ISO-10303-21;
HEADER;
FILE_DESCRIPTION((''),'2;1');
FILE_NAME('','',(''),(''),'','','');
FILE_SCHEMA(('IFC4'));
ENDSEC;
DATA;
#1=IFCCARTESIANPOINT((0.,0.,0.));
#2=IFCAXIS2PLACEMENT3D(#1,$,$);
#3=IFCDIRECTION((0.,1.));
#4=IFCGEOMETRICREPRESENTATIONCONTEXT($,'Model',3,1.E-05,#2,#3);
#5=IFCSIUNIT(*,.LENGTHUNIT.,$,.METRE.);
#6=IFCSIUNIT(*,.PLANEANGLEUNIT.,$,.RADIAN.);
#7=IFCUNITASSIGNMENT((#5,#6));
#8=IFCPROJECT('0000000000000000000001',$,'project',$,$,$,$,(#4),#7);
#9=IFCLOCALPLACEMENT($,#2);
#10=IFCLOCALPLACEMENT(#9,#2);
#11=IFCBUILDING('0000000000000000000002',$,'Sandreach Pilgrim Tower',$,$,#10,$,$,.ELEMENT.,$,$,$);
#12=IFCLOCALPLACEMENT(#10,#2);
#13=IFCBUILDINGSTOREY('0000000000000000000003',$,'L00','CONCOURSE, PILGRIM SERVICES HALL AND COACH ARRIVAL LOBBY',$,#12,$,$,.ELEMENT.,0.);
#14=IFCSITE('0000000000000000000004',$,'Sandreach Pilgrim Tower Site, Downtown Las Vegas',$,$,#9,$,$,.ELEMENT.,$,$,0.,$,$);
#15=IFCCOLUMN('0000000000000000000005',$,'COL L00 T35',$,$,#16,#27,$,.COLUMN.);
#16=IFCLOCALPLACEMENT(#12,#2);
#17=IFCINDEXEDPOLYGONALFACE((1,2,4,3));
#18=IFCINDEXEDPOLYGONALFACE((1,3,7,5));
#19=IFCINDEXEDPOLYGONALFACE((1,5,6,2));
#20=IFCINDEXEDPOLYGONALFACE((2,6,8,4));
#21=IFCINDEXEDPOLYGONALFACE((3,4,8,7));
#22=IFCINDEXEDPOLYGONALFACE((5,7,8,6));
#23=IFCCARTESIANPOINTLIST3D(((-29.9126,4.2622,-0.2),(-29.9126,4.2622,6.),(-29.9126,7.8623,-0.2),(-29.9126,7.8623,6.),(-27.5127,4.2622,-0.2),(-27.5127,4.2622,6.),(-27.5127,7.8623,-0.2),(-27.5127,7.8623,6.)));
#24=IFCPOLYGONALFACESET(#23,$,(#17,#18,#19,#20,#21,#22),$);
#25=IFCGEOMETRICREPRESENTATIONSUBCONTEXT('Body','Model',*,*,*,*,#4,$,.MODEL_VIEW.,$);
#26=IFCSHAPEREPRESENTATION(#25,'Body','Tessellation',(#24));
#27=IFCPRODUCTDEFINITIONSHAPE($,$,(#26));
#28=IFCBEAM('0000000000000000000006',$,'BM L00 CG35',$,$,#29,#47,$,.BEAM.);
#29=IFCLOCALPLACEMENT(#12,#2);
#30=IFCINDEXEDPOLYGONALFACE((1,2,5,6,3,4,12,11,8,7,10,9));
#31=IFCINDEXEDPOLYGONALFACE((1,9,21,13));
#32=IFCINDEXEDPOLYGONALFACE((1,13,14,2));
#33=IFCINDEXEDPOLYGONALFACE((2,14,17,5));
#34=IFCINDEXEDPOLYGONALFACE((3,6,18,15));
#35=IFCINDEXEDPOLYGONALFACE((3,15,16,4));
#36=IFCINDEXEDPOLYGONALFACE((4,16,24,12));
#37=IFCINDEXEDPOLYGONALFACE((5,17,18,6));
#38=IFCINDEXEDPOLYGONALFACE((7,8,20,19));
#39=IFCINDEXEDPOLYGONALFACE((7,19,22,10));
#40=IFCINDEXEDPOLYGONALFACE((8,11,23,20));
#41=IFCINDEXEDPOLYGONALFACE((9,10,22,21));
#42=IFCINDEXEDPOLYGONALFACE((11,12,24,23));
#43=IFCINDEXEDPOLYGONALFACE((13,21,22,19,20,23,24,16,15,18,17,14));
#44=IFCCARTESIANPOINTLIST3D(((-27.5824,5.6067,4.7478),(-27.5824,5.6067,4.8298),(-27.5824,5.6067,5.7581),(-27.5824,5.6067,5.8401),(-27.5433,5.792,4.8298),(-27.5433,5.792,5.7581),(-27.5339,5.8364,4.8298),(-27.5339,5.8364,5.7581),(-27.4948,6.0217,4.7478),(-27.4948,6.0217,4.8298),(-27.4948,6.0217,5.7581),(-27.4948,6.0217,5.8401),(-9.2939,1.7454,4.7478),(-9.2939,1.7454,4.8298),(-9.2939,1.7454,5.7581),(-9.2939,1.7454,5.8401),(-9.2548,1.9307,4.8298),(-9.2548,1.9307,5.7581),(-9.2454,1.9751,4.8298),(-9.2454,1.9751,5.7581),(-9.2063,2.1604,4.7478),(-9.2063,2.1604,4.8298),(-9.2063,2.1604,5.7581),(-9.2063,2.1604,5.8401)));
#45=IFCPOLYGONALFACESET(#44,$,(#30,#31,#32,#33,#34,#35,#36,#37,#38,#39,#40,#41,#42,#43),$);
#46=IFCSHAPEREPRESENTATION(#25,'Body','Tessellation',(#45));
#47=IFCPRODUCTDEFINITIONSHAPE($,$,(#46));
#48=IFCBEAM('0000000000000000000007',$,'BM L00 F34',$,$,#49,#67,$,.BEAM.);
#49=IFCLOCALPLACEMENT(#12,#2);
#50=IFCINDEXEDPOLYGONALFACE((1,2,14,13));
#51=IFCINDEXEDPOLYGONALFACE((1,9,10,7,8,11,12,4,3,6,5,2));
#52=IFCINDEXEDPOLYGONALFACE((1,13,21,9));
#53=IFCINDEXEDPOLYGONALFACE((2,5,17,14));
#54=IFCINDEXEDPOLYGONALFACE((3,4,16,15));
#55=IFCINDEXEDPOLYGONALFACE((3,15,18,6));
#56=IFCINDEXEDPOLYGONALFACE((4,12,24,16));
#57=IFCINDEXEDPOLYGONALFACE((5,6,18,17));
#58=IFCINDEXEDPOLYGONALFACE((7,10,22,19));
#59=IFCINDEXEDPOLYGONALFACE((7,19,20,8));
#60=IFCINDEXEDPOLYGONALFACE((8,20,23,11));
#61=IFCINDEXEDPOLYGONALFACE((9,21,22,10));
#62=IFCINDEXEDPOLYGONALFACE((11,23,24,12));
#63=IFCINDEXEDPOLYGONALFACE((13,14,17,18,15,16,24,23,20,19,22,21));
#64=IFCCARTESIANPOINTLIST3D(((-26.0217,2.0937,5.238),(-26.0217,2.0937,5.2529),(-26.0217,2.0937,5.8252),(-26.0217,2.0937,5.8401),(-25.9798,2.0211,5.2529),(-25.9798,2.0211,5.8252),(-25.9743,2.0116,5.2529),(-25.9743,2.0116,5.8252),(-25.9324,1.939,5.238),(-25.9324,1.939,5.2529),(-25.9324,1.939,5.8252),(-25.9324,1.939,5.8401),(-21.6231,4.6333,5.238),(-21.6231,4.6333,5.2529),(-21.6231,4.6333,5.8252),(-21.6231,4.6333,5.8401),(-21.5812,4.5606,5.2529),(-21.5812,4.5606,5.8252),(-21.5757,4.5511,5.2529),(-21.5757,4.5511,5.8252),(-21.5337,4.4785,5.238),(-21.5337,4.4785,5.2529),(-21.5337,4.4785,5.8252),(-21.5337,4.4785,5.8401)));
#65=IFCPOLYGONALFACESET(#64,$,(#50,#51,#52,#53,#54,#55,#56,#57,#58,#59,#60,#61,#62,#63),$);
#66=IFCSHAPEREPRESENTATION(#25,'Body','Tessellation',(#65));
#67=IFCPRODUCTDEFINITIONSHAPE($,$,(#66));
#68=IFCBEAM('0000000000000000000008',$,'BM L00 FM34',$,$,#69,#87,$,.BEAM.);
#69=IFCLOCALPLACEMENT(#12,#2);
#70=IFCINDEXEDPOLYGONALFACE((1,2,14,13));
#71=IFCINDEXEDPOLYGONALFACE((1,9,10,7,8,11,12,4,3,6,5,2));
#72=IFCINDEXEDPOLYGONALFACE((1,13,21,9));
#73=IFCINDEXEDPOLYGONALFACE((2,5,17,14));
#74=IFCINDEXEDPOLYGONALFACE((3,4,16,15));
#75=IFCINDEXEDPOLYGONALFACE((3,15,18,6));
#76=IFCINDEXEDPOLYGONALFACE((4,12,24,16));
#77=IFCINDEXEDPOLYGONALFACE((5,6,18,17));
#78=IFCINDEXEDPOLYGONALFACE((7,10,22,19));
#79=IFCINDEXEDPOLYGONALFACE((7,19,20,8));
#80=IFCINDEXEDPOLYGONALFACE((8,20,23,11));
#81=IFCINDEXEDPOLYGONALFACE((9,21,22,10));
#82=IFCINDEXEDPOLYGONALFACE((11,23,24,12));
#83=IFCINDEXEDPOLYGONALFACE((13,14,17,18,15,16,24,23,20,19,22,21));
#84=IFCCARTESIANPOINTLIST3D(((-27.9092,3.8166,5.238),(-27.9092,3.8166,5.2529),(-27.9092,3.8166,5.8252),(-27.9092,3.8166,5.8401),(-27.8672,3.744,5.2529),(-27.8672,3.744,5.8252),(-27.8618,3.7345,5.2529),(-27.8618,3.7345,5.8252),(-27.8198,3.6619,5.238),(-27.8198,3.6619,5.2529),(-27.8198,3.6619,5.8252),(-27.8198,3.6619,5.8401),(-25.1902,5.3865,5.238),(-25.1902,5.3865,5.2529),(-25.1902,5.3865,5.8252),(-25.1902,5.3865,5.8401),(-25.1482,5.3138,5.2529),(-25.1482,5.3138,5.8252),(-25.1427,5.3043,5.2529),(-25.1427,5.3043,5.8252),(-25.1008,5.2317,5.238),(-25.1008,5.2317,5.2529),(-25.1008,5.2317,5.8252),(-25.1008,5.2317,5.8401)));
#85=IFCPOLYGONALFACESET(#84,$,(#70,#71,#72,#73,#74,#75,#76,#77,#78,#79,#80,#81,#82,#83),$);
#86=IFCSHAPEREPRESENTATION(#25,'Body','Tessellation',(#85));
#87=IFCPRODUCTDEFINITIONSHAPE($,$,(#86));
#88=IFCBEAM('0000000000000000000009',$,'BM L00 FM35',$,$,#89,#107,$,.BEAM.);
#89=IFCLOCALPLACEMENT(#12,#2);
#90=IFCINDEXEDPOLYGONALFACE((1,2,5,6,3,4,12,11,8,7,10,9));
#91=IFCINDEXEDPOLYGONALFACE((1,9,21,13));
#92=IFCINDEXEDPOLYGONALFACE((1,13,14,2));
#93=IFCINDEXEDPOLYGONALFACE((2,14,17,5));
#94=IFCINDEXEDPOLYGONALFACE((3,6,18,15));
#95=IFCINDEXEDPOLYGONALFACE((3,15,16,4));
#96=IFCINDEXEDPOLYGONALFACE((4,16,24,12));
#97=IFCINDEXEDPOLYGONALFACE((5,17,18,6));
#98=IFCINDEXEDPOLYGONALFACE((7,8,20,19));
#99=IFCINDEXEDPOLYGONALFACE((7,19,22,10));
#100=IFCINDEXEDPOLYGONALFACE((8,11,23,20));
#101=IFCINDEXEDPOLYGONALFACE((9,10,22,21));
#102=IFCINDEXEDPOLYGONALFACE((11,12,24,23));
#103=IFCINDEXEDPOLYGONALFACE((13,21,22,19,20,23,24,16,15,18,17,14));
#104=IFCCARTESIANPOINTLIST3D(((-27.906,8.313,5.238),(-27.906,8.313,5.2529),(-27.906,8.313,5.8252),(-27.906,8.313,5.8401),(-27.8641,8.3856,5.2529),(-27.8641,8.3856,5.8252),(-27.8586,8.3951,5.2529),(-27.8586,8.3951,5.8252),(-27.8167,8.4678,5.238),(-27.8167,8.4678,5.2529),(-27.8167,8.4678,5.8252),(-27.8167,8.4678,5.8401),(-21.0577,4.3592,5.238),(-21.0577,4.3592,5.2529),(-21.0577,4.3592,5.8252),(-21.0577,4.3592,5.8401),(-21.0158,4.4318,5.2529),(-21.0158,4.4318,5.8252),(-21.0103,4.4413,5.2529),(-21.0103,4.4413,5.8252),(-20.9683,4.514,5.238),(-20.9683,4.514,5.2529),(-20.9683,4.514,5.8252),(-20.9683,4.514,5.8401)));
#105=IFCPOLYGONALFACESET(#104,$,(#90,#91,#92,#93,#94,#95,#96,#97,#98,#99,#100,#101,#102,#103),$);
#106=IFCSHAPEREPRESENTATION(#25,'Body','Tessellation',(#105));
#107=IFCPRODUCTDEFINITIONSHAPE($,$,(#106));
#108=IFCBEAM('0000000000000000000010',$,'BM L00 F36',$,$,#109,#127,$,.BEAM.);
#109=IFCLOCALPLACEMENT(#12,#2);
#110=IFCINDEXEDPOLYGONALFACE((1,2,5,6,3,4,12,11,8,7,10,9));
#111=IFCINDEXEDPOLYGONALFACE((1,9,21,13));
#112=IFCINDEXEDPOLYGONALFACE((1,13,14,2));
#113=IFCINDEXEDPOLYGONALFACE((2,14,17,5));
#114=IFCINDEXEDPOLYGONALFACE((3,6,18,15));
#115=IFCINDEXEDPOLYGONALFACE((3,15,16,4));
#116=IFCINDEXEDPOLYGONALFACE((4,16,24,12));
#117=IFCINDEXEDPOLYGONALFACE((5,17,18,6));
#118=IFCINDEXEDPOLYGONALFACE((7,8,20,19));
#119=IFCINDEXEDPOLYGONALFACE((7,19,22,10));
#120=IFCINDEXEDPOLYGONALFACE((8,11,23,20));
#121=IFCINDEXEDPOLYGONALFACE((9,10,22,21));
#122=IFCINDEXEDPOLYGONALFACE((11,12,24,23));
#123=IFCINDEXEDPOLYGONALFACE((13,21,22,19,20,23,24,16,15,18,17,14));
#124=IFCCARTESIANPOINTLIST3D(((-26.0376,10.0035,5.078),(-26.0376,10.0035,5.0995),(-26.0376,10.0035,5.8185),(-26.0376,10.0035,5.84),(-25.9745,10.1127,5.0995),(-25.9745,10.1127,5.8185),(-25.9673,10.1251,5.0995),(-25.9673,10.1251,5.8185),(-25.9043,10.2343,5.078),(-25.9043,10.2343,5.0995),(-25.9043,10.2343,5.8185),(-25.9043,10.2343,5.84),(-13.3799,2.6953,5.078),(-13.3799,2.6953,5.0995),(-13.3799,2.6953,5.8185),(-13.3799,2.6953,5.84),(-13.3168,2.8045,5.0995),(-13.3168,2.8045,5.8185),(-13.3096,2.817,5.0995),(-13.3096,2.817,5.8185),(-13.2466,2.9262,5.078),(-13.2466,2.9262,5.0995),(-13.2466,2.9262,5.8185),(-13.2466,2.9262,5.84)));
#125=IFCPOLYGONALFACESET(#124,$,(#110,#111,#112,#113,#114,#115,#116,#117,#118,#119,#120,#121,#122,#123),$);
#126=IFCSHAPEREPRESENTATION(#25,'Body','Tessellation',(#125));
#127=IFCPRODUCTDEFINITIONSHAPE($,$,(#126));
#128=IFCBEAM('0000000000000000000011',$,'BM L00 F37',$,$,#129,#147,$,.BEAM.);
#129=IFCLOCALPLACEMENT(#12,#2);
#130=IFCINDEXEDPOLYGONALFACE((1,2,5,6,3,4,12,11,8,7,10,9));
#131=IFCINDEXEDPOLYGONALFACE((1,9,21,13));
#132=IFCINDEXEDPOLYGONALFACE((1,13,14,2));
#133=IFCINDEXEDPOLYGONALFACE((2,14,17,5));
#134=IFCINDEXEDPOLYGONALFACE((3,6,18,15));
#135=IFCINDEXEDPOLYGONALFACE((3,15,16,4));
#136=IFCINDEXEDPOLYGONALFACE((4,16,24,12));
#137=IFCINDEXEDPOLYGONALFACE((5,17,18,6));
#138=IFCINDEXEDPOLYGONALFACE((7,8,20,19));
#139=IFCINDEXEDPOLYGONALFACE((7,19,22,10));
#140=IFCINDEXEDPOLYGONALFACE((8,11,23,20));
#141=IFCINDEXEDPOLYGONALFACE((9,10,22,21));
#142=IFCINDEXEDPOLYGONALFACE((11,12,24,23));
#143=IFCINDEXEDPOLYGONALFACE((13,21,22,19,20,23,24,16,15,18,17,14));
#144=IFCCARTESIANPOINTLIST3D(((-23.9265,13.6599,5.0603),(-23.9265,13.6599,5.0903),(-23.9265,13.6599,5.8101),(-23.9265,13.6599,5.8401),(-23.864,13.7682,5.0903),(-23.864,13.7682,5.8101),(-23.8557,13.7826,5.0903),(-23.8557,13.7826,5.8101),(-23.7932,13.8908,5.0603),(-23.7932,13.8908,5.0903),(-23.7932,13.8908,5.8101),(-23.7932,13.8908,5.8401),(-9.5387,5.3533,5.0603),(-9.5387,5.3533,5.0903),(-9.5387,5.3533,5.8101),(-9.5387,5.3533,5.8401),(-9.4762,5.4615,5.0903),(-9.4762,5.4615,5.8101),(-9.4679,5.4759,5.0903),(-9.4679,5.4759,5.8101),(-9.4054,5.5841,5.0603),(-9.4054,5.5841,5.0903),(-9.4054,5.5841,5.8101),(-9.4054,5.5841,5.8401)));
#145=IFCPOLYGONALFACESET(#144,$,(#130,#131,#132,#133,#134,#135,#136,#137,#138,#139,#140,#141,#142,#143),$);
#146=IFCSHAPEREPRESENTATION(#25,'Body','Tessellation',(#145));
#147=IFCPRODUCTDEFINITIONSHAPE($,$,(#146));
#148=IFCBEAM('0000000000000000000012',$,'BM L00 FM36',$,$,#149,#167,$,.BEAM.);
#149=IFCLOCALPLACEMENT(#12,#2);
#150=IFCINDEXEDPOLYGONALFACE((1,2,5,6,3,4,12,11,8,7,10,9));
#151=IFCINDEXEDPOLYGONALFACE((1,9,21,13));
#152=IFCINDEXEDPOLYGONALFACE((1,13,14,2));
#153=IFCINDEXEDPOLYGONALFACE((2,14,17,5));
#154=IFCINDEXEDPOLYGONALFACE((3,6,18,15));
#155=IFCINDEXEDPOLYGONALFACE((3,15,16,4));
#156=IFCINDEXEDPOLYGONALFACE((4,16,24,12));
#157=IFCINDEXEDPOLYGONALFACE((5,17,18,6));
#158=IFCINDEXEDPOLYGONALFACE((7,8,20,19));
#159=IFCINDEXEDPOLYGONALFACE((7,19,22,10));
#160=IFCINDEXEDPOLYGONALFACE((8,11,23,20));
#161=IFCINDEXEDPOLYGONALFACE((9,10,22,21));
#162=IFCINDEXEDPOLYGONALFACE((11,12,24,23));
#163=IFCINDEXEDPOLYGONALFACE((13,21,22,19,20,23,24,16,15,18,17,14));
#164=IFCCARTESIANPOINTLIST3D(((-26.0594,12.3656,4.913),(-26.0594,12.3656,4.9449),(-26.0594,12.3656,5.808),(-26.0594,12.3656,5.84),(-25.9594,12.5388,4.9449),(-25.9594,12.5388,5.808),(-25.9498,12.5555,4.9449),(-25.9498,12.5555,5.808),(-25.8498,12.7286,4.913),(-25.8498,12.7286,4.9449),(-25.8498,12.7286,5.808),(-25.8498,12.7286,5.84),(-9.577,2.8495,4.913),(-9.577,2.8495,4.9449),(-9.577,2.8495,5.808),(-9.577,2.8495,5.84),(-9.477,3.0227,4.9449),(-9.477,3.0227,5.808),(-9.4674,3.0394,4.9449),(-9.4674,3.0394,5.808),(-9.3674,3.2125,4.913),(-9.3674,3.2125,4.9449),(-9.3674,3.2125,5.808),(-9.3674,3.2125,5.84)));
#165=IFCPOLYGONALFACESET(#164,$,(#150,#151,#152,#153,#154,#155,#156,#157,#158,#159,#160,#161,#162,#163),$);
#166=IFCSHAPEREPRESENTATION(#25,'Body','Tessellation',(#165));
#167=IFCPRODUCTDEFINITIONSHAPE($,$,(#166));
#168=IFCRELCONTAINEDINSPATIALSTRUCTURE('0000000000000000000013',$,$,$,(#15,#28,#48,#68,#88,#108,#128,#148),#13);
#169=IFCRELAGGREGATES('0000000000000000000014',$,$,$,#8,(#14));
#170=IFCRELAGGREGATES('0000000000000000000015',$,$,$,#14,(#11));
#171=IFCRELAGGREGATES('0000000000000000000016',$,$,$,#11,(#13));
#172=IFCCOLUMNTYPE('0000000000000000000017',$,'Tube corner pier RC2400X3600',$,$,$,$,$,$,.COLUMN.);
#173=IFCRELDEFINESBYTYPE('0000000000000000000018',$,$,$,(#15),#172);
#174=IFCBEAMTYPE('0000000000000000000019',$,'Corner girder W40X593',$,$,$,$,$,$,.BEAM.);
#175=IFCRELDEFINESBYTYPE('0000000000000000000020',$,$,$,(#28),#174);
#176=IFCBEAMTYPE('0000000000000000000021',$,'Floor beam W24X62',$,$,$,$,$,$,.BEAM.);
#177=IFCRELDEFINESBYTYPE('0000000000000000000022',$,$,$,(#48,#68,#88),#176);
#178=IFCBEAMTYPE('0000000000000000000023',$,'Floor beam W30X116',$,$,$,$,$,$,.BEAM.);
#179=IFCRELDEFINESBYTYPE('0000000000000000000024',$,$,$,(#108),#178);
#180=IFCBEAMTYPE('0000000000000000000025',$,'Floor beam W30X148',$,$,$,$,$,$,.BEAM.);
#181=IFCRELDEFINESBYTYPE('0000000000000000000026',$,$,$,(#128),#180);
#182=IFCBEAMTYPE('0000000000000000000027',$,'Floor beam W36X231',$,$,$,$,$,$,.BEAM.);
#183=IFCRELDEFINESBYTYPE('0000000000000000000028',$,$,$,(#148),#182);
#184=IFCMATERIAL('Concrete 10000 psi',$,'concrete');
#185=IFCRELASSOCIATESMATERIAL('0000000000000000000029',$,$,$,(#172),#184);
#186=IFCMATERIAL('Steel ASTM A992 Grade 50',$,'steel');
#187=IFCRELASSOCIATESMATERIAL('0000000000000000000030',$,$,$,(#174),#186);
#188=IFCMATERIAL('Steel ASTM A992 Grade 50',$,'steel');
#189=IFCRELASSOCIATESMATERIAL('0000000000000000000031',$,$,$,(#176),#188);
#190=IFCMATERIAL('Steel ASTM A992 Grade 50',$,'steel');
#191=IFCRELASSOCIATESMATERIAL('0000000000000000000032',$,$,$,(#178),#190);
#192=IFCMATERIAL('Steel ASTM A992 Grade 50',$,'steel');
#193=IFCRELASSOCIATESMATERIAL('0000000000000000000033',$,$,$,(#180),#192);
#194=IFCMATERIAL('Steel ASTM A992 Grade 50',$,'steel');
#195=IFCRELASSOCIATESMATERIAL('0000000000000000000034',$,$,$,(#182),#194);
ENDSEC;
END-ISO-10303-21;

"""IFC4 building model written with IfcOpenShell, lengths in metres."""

from ifc_helpers import new_model, si_unit, direction, frame, origin, origin_2d, place, context, subcontext, project, spatial, rectangle, i_section, extrude, material, material_profile, profile_set, type_object, element, save


model = new_model("IFC4")

# Units and contexts
model_context = context("Model", 3, precision=1e-05, world=origin(), true_north=direction((0.0, 1.0)))
body_context = subcontext(model_context, "Body", "Model", "MODEL_VIEW")
ifc_project = project(units=[si_unit("LENGTHUNIT", "METRE"), si_unit("PLANEANGLEUNIT", "RADIAN")], contexts=[model_context])

# Site, building, storey
site_placement = place(None, origin())
site = spatial("IfcSite", under=ifc_project, at=site_placement, Name="Sandreach Pilgrim Tower Site, Downtown Las Vegas", CompositionType="ELEMENT", RefElevation=0.0)
building_placement = place(site_placement, origin())
building = spatial("IfcBuilding", under=site, at=building_placement, Name="Sandreach Pilgrim Tower", CompositionType="ELEMENT")
storey_placement = place(building_placement, origin())
storey = spatial("IfcBuildingStorey", under=building, at=storey_placement, Name="L00", Description="CONCOURSE, PILGRIM SERVICES HALL AND COACH ARRIVAL LOBBY", CompositionType="ELEMENT", Elevation=0.0)

# Column
ifc_material_1 = material(Name="Concrete 10000 psi", Category="concrete")
ifc_material_profile_1 = material_profile(ifc_material_1, rectangle(XDim=2.3999, YDim=3.6001, at=origin_2d()), Name="RC2400X3600")
ifc_profile_set_1 = profile_set([ifc_material_profile_1], Name="Concrete 10000 psi")
column_type_1 = type_object("IfcColumnType", Name="Tube corner pier RC2400X3600", PredefinedType="COLUMN", material=ifc_profile_set_1)
column_placement = place(storey_placement, frame((-28.7126, 6.0623, -0.2), z_axis=(0.0, 0.0, 1.0), x_axis=(-1.0, 0.0, 0.0)))
element("IfcColumn", 1, at=column_placement, inside=storey, type_object=column_type_1, Name="COL L00 T35", PredefinedType="COLUMN", context=body_context, shape_type="SweptSolid", body=[
    extrude(rectangle(XDim=2.3999, YDim=3.6001, at=origin_2d()), origin(), (0.0, 0.0, 1.0), 6.2),
])

# Beams
ifc_material_2 = material(Name="Steel ASTM A992 Grade 50", Category="steel")
ifc_material_profile_2 = material_profile(ifc_material_2, i_section(OverallWidth=0.4241, OverallDepth=1.0923, WebThickness=0.0454, FlangeThickness=0.082, at=origin_2d()), Name="W40X593")
ifc_profile_set_2 = profile_set([ifc_material_profile_2], Name="Steel ASTM A992 Grade 50")
beam_type_1 = type_object("IfcBeamType", Name="Corner girder W40X593", PredefinedType="BEAM", material=ifc_profile_set_2)
beam_1_placement = place(storey_placement, frame((-27.5386, 5.8142, 5.2939), z_axis=(0.97843, -0.206579, 0.0), x_axis=(0.206579, 0.97843, 0.0)))
element("IfcBeam", 2, at=beam_1_placement, inside=storey, type_object=beam_type_1, Name="BM L00 CG35", PredefinedType="BEAM", context=body_context, shape_type="SweptSolid", body=[
    extrude(i_section(OverallWidth=0.4241, OverallDepth=1.0923, WebThickness=0.0454, FlangeThickness=0.082, at=origin_2d()), origin(), (0.0, 0.0, 1.0), 18.6917),
])
ifc_material_3 = material(Name="Steel ASTM A992 Grade 50", Category="steel")
ifc_material_profile_3 = material_profile(ifc_material_3, i_section(OverallWidth=0.1787, OverallDepth=0.6021, WebThickness=0.011, FlangeThickness=0.0149, at=origin_2d()), Name="W24X62")
ifc_profile_set_3 = profile_set([ifc_material_profile_3], Name="Steel ASTM A992 Grade 50")
beam_type_2 = type_object("IfcBeamType", Name="Floor beam W24X62", PredefinedType="BEAM", material=ifc_profile_set_3)
beam_2_placement = place(storey_placement, frame((-25.9771, 2.0164, 5.5391), z_axis=(0.866028, 0.499996, 0.0), x_axis=(-0.499996, 0.866028, 0.0)))
element("IfcBeam", 3, at=beam_2_placement, inside=storey, type_object=beam_type_2, Name="BM L00 F34", PredefinedType="BEAM", context=body_context, shape_type="SweptSolid", body=[
    extrude(i_section(OverallWidth=0.1787, OverallDepth=0.6021, WebThickness=0.011, FlangeThickness=0.0149, at=origin_2d()), origin(), (0.0, 0.0, 1.0), 5.0791),
])
beam_3_placement = place(storey_placement, frame((-27.8645, 3.7393, 5.5391), z_axis=(0.866024, 0.500003, 0.0), x_axis=(-0.500003, 0.866024, 0.0)))
element("IfcBeam", 4, at=beam_3_placement, inside=storey, type_object=beam_type_2, Name="BM L00 FM34", PredefinedType="BEAM", context=body_context, shape_type="SweptSolid", body=[
    extrude(i_section(OverallWidth=0.1787, OverallDepth=0.6021, WebThickness=0.011, FlangeThickness=0.0149, at=origin_2d()), origin(), (0.0, 0.0, 1.0), 3.1396),
])
beam_4_placement = place(storey_placement, frame((-27.8613, 8.3904, 5.5391), z_axis=(0.866029, -0.499994, 0.0), x_axis=(0.499994, 0.866029, 0.0)))
element("IfcBeam", 5, at=beam_4_placement, inside=storey, type_object=beam_type_2, Name="BM L00 FM35", PredefinedType="BEAM", context=body_context, shape_type="SweptSolid", body=[
    extrude(i_section(OverallWidth=0.1787, OverallDepth=0.6021, WebThickness=0.011, FlangeThickness=0.0149, at=origin_2d()), origin(), (0.0, 0.0, 1.0), 7.9077),
])
ifc_material_4 = material(Name="Steel ASTM A992 Grade 50", Category="steel")
ifc_material_profile_4 = material_profile(ifc_material_4, i_section(OverallWidth=0.2666, OverallDepth=0.762, WebThickness=0.0144, FlangeThickness=0.0215, at=origin_2d()), Name="W30X116")
ifc_profile_set_4 = profile_set([ifc_material_profile_4], Name="Steel ASTM A992 Grade 50")
beam_type_3 = type_object("IfcBeamType", Name="Floor beam W30X116", PredefinedType="BEAM", material=ifc_profile_set_4)
beam_5_placement = place(storey_placement, frame((-25.9709, 10.1189, 5.459), z_axis=(0.86602, -0.500009, 0.0), x_axis=(0.500009, 0.86602, 0.0)))
element("IfcBeam", 6, at=beam_5_placement, inside=storey, type_object=beam_type_3, Name="BM L00 F36", PredefinedType="BEAM", context=body_context, shape_type="SweptSolid", body=[
    extrude(i_section(OverallWidth=0.2666, OverallDepth=0.762, WebThickness=0.0144, FlangeThickness=0.0215, at=origin_2d()), origin(), (0.0, 0.0, 1.0), 14.616),
])
ifc_material_5 = material(Name="Steel ASTM A992 Grade 50", Category="steel")
ifc_material_profile_5 = material_profile(ifc_material_5, i_section(OverallWidth=0.2666, OverallDepth=0.7798, WebThickness=0.0166, FlangeThickness=0.03, at=origin_2d()), Name="W30X148")
ifc_profile_set_5 = profile_set([ifc_material_profile_5], Name="Steel ASTM A992 Grade 50")
beam_type_4 = type_object("IfcBeamType", Name="Floor beam W30X148", PredefinedType="BEAM", material=ifc_profile_set_5)
beam_6_placement = place(storey_placement, frame((-23.8599, 13.7754, 5.4502), z_axis=(0.866028, -0.499996, 0.0), x_axis=(0.499996, 0.866028, 0.0)))
element("IfcBeam", 7, at=beam_6_placement, inside=storey, type_object=beam_type_4, Name="BM L00 F37", PredefinedType="BEAM", context=body_context, shape_type="SweptSolid", body=[
    extrude(i_section(OverallWidth=0.2666, OverallDepth=0.7798, WebThickness=0.0166, FlangeThickness=0.03, at=origin_2d()), origin(), (0.0, 0.0, 1.0), 16.6135),
])
ifc_material_6 = material(Name="Steel ASTM A992 Grade 50", Category="steel")
ifc_material_profile_6 = material_profile(ifc_material_6, i_section(OverallWidth=0.4192, OverallDepth=0.927, WebThickness=0.0193, FlangeThickness=0.032, at=origin_2d()), Name="W36X231")
ifc_profile_set_6 = profile_set([ifc_material_profile_6], Name="Steel ASTM A992 Grade 50")
beam_type_5 = type_object("IfcBeamType", Name="Floor beam W36X231", PredefinedType="BEAM", material=ifc_profile_set_6)
beam_7_placement = place(storey_placement, frame((-25.9546, 12.5471, 5.3765), z_axis=(0.866026, -0.499999, 0.0), x_axis=(0.499999, 0.866026, 0.0)))
element("IfcBeam", 8, at=beam_7_placement, inside=storey, type_object=beam_type_5, Name="BM L00 FM36", PredefinedType="BEAM", context=body_context, shape_type="SweptSolid", body=[
    extrude(i_section(OverallWidth=0.4192, OverallDepth=0.927, WebThickness=0.0193, FlangeThickness=0.032, at=origin_2d()), origin(), (0.0, 0.0, 1.0), 19.0322),
])

save(model, "model.ifc")
